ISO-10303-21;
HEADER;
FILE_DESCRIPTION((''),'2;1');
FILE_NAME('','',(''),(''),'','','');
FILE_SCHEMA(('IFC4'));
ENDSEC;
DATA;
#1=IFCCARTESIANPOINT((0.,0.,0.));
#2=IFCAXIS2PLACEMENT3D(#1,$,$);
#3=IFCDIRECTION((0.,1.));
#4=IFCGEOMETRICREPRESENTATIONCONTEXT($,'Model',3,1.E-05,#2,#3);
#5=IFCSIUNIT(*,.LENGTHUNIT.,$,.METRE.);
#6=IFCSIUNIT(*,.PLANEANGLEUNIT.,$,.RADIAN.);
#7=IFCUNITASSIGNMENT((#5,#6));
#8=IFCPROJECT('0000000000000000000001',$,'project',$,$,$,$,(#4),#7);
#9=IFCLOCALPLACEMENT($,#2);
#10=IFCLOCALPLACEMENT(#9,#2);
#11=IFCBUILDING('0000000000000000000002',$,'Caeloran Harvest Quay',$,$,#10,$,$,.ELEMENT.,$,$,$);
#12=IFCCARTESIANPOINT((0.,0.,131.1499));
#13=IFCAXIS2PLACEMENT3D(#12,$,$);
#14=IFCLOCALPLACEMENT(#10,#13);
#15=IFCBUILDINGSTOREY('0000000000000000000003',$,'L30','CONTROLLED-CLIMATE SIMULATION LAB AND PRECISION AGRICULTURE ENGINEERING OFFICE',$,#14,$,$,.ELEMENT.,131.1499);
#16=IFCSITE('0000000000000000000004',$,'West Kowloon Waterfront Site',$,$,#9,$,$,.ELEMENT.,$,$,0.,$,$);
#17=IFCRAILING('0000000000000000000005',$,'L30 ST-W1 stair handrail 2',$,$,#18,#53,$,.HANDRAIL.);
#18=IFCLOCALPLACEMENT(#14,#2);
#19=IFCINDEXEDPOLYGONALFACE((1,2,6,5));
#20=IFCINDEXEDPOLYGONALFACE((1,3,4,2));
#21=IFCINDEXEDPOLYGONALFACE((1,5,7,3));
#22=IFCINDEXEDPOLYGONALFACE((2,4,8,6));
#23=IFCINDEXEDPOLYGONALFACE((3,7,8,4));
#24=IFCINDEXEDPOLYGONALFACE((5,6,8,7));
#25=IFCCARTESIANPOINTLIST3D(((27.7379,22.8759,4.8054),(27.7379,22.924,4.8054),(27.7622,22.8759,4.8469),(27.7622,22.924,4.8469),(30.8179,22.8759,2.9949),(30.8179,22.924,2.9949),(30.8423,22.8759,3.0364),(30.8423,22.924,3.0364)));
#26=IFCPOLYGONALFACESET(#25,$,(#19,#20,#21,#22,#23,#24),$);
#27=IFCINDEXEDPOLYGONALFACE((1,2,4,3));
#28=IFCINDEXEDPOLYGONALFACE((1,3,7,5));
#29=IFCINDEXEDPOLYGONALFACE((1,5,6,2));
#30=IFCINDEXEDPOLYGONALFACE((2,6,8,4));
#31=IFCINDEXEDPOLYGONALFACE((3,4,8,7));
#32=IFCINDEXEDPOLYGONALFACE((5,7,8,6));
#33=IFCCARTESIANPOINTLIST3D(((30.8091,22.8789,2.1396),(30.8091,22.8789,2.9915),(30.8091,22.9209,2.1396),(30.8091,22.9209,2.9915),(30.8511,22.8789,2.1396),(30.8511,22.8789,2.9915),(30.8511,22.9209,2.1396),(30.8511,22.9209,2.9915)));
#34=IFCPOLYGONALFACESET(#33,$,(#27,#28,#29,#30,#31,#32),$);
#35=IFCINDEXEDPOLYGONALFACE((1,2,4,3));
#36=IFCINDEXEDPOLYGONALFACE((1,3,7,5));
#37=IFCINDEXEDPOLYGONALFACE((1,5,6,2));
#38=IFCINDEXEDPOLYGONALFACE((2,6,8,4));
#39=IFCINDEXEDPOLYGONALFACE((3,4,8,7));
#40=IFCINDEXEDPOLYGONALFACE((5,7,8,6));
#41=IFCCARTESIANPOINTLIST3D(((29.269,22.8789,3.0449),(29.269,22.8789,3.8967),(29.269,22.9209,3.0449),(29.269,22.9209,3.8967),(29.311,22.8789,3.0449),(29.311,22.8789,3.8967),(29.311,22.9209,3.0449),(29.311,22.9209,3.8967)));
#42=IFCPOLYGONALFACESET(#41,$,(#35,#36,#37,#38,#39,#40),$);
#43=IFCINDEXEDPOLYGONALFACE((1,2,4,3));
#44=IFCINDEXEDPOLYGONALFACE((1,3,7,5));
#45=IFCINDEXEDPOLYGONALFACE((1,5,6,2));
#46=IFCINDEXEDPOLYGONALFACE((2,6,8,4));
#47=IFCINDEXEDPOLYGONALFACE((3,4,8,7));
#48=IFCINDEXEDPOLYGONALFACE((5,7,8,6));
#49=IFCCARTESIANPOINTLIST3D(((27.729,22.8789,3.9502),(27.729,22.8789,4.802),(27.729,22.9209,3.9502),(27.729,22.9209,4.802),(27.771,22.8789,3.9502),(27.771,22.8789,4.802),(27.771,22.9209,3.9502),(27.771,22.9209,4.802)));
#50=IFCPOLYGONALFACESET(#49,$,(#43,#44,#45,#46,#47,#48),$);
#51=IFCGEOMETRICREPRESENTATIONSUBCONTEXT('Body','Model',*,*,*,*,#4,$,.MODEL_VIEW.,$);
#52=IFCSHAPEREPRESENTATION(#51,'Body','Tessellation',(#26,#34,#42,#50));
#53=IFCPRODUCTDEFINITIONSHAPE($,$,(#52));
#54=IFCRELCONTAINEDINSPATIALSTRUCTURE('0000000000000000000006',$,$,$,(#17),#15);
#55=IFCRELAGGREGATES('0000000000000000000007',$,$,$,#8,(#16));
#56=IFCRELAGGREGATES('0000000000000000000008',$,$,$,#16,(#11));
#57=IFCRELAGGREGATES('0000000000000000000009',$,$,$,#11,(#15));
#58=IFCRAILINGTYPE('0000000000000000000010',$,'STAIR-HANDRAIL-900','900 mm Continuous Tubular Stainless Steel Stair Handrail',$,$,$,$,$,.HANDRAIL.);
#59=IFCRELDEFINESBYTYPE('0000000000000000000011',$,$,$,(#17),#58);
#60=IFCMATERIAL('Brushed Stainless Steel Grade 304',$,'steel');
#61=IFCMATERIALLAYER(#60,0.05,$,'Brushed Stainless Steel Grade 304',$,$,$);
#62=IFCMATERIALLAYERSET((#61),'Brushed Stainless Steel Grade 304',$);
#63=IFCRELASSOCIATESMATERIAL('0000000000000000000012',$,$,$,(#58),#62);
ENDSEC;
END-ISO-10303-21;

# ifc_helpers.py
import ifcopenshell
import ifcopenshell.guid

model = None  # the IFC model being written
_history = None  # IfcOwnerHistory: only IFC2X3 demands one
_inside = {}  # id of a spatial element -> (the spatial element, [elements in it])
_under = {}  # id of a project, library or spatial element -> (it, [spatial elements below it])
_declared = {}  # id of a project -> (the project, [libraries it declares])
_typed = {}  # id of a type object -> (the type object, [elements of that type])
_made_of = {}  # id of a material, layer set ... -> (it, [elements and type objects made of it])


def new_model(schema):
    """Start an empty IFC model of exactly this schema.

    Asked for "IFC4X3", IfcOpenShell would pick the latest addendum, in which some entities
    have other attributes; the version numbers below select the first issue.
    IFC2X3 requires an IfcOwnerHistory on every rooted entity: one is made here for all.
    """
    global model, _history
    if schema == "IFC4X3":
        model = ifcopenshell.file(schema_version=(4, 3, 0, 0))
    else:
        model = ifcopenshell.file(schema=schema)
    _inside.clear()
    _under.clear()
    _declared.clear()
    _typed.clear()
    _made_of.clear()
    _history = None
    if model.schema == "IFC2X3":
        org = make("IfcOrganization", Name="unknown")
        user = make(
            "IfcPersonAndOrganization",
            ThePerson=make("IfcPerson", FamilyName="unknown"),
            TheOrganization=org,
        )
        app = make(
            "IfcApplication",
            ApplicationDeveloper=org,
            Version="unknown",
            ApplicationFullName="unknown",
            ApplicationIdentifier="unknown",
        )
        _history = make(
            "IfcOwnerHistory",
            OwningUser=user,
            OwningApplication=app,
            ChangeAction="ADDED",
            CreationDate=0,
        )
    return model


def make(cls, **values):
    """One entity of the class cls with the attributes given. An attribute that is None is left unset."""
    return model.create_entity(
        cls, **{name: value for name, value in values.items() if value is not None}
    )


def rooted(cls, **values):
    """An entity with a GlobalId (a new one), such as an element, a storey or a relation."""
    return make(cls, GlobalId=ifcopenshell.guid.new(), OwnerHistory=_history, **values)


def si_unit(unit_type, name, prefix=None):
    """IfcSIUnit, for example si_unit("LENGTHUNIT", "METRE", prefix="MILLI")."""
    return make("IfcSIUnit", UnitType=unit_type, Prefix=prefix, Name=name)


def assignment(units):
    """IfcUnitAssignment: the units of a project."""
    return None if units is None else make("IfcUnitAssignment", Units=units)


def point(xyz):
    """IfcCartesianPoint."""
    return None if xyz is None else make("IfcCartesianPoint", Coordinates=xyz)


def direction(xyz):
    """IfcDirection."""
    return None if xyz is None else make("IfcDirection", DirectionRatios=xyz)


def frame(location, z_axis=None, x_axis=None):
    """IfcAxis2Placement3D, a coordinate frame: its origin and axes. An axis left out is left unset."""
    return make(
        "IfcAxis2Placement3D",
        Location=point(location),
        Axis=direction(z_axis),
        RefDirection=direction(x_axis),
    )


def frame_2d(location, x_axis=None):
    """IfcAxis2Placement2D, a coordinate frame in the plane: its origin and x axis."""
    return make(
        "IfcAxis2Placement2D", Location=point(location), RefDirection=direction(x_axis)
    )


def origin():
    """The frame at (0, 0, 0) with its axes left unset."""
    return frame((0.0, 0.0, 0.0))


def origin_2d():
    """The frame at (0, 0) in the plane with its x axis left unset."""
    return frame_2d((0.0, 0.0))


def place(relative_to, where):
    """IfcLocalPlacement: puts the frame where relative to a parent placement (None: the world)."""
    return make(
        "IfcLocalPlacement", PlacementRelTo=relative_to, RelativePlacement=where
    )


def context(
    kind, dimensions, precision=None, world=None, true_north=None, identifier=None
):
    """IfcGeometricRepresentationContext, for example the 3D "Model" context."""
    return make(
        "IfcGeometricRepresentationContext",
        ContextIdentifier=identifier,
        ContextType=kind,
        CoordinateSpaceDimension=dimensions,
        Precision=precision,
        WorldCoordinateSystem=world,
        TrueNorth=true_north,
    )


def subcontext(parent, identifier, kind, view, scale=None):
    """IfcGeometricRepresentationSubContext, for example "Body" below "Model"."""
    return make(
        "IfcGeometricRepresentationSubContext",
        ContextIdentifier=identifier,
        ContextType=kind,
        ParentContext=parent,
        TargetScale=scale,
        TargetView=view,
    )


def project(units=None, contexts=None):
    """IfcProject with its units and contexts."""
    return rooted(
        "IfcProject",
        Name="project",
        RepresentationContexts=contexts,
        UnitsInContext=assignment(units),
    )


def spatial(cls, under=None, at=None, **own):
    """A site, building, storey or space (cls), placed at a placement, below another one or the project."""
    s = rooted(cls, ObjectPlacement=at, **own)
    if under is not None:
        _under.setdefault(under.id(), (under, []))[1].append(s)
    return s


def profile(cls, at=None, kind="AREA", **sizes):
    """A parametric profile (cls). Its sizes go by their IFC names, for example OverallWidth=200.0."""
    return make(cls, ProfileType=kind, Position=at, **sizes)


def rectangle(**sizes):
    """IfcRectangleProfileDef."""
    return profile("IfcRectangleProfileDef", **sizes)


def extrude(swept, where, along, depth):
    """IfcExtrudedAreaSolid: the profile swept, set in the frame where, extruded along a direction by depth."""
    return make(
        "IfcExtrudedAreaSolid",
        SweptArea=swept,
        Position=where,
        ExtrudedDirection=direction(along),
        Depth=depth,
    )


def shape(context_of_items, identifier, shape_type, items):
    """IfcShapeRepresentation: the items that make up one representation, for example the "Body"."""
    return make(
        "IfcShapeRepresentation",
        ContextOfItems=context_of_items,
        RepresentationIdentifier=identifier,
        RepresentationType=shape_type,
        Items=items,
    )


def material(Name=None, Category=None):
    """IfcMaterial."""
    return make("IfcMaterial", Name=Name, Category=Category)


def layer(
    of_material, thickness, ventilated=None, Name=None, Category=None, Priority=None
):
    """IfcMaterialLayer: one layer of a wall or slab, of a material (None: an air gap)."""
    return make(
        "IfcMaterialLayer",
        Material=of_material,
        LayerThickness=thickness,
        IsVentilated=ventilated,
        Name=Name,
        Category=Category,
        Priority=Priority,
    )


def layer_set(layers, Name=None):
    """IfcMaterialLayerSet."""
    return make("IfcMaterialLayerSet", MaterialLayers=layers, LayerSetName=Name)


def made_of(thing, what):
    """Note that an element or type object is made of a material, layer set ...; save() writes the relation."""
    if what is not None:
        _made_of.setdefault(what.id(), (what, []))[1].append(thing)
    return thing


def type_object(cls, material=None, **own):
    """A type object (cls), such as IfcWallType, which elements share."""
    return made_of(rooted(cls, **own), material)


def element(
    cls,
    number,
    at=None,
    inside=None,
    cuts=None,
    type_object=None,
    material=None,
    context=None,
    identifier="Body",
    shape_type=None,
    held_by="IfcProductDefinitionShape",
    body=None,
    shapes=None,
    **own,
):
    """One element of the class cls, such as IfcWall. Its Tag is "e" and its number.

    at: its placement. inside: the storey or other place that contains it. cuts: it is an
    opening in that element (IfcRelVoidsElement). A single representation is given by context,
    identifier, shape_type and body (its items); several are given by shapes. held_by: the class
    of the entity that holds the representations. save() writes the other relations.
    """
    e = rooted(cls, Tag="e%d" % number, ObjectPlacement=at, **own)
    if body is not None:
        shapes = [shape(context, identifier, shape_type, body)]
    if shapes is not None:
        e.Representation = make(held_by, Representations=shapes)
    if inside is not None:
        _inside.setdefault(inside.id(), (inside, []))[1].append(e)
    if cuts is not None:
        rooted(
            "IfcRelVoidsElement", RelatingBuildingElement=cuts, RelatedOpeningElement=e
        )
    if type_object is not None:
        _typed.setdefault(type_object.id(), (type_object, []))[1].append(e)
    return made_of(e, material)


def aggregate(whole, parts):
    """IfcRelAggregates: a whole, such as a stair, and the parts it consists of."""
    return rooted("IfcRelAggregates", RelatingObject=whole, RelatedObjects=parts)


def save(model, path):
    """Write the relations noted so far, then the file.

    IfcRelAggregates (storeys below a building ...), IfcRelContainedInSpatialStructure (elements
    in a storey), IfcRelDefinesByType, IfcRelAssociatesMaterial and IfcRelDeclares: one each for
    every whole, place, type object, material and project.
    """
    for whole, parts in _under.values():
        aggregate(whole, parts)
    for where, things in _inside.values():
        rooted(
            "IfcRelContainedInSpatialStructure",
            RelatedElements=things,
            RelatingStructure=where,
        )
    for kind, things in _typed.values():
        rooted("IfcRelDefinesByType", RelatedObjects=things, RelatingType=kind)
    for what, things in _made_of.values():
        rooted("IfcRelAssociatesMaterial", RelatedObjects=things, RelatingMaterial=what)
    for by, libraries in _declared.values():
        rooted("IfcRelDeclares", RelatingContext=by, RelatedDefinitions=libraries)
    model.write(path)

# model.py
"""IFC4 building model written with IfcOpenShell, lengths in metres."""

from ifc_helpers import new_model, si_unit, direction, frame, origin, origin_2d, place, context, subcontext, project, spatial, rectangle, extrude, material, layer, layer_set, type_object, element, save


model = new_model("IFC4")

# Units and contexts
model_context = context("Model", 3, precision=1e-05, world=origin(), true_north=direction((0.0, 1.0)))
body_context = subcontext(model_context, "Body", "Model", "MODEL_VIEW")
ifc_project = project(units=[si_unit("LENGTHUNIT", "METRE"), si_unit("PLANEANGLEUNIT", "RADIAN")], contexts=[model_context])

# Site, building, storey
site_placement = place(None, origin())
site = spatial("IfcSite", under=ifc_project, at=site_placement, Name="West Kowloon Waterfront Site", CompositionType="ELEMENT", RefElevation=0.0)
building_placement = place(site_placement, origin())
building = spatial("IfcBuilding", under=site, at=building_placement, Name="Caeloran Harvest Quay", CompositionType="ELEMENT")
storey_placement = place(building_placement, frame((0.0, 0.0, 131.1499)))
storey = spatial("IfcBuildingStorey", under=building, at=storey_placement, Name="L30", Description="CONTROLLED-CLIMATE SIMULATION LAB AND PRECISION AGRICULTURE ENGINEERING OFFICE", CompositionType="ELEMENT", Elevation=131.1499)

# Railing
ifc_material_1 = material(Name="Brushed Stainless Steel Grade 304", Category="steel")
ifc_layer_1 = layer(ifc_material_1, 0.05, Name="Brushed Stainless Steel Grade 304")
ifc_layer_set_1 = layer_set([ifc_layer_1], Name="Brushed Stainless Steel Grade 304")
railing_type_1 = type_object("IfcRailingType", Name="STAIR-HANDRAIL-900", Description="900 mm Continuous Tubular Stainless Steel Stair Handrail", PredefinedType="HANDRAIL", material=ifc_layer_set_1)
railing_1_placement = place(storey_placement, frame((30.8301, 22.8999, 2.1396)))
element("IfcRailing", 1, at=railing_1_placement, inside=storey, type_object=railing_type_1, Name="L30 ST-W1 stair handrail 2", PredefinedType="HANDRAIL", context=body_context, shape_type="SweptSolid", body=[
    extrude(rectangle(XDim=0.0481, YDim=0.0481, at=origin_2d()), frame((0.0, 0.0, 0.876), z_axis=(-0.862089, 0.0, 0.506757), x_axis=(0.0, -1.0, 0.0)), (0.0, 0.0, 1.0), 3.5728),
    extrude(rectangle(XDim=0.042, YDim=0.042, at=origin_2d()), origin(), (0.0, 0.0, 1.0), 0.8518),
    extrude(rectangle(XDim=0.042, YDim=0.042, at=origin_2d()), frame((-1.54, 0.0, 0.9053)), (0.0, 0.0, 1.0), 0.8518),
    extrude(rectangle(XDim=0.042, YDim=0.042, at=origin_2d()), frame((-3.0801, 0.0, 1.8105)), (0.0, 0.0, 1.0), 0.8518),
])

save(model, "model.ifc")
